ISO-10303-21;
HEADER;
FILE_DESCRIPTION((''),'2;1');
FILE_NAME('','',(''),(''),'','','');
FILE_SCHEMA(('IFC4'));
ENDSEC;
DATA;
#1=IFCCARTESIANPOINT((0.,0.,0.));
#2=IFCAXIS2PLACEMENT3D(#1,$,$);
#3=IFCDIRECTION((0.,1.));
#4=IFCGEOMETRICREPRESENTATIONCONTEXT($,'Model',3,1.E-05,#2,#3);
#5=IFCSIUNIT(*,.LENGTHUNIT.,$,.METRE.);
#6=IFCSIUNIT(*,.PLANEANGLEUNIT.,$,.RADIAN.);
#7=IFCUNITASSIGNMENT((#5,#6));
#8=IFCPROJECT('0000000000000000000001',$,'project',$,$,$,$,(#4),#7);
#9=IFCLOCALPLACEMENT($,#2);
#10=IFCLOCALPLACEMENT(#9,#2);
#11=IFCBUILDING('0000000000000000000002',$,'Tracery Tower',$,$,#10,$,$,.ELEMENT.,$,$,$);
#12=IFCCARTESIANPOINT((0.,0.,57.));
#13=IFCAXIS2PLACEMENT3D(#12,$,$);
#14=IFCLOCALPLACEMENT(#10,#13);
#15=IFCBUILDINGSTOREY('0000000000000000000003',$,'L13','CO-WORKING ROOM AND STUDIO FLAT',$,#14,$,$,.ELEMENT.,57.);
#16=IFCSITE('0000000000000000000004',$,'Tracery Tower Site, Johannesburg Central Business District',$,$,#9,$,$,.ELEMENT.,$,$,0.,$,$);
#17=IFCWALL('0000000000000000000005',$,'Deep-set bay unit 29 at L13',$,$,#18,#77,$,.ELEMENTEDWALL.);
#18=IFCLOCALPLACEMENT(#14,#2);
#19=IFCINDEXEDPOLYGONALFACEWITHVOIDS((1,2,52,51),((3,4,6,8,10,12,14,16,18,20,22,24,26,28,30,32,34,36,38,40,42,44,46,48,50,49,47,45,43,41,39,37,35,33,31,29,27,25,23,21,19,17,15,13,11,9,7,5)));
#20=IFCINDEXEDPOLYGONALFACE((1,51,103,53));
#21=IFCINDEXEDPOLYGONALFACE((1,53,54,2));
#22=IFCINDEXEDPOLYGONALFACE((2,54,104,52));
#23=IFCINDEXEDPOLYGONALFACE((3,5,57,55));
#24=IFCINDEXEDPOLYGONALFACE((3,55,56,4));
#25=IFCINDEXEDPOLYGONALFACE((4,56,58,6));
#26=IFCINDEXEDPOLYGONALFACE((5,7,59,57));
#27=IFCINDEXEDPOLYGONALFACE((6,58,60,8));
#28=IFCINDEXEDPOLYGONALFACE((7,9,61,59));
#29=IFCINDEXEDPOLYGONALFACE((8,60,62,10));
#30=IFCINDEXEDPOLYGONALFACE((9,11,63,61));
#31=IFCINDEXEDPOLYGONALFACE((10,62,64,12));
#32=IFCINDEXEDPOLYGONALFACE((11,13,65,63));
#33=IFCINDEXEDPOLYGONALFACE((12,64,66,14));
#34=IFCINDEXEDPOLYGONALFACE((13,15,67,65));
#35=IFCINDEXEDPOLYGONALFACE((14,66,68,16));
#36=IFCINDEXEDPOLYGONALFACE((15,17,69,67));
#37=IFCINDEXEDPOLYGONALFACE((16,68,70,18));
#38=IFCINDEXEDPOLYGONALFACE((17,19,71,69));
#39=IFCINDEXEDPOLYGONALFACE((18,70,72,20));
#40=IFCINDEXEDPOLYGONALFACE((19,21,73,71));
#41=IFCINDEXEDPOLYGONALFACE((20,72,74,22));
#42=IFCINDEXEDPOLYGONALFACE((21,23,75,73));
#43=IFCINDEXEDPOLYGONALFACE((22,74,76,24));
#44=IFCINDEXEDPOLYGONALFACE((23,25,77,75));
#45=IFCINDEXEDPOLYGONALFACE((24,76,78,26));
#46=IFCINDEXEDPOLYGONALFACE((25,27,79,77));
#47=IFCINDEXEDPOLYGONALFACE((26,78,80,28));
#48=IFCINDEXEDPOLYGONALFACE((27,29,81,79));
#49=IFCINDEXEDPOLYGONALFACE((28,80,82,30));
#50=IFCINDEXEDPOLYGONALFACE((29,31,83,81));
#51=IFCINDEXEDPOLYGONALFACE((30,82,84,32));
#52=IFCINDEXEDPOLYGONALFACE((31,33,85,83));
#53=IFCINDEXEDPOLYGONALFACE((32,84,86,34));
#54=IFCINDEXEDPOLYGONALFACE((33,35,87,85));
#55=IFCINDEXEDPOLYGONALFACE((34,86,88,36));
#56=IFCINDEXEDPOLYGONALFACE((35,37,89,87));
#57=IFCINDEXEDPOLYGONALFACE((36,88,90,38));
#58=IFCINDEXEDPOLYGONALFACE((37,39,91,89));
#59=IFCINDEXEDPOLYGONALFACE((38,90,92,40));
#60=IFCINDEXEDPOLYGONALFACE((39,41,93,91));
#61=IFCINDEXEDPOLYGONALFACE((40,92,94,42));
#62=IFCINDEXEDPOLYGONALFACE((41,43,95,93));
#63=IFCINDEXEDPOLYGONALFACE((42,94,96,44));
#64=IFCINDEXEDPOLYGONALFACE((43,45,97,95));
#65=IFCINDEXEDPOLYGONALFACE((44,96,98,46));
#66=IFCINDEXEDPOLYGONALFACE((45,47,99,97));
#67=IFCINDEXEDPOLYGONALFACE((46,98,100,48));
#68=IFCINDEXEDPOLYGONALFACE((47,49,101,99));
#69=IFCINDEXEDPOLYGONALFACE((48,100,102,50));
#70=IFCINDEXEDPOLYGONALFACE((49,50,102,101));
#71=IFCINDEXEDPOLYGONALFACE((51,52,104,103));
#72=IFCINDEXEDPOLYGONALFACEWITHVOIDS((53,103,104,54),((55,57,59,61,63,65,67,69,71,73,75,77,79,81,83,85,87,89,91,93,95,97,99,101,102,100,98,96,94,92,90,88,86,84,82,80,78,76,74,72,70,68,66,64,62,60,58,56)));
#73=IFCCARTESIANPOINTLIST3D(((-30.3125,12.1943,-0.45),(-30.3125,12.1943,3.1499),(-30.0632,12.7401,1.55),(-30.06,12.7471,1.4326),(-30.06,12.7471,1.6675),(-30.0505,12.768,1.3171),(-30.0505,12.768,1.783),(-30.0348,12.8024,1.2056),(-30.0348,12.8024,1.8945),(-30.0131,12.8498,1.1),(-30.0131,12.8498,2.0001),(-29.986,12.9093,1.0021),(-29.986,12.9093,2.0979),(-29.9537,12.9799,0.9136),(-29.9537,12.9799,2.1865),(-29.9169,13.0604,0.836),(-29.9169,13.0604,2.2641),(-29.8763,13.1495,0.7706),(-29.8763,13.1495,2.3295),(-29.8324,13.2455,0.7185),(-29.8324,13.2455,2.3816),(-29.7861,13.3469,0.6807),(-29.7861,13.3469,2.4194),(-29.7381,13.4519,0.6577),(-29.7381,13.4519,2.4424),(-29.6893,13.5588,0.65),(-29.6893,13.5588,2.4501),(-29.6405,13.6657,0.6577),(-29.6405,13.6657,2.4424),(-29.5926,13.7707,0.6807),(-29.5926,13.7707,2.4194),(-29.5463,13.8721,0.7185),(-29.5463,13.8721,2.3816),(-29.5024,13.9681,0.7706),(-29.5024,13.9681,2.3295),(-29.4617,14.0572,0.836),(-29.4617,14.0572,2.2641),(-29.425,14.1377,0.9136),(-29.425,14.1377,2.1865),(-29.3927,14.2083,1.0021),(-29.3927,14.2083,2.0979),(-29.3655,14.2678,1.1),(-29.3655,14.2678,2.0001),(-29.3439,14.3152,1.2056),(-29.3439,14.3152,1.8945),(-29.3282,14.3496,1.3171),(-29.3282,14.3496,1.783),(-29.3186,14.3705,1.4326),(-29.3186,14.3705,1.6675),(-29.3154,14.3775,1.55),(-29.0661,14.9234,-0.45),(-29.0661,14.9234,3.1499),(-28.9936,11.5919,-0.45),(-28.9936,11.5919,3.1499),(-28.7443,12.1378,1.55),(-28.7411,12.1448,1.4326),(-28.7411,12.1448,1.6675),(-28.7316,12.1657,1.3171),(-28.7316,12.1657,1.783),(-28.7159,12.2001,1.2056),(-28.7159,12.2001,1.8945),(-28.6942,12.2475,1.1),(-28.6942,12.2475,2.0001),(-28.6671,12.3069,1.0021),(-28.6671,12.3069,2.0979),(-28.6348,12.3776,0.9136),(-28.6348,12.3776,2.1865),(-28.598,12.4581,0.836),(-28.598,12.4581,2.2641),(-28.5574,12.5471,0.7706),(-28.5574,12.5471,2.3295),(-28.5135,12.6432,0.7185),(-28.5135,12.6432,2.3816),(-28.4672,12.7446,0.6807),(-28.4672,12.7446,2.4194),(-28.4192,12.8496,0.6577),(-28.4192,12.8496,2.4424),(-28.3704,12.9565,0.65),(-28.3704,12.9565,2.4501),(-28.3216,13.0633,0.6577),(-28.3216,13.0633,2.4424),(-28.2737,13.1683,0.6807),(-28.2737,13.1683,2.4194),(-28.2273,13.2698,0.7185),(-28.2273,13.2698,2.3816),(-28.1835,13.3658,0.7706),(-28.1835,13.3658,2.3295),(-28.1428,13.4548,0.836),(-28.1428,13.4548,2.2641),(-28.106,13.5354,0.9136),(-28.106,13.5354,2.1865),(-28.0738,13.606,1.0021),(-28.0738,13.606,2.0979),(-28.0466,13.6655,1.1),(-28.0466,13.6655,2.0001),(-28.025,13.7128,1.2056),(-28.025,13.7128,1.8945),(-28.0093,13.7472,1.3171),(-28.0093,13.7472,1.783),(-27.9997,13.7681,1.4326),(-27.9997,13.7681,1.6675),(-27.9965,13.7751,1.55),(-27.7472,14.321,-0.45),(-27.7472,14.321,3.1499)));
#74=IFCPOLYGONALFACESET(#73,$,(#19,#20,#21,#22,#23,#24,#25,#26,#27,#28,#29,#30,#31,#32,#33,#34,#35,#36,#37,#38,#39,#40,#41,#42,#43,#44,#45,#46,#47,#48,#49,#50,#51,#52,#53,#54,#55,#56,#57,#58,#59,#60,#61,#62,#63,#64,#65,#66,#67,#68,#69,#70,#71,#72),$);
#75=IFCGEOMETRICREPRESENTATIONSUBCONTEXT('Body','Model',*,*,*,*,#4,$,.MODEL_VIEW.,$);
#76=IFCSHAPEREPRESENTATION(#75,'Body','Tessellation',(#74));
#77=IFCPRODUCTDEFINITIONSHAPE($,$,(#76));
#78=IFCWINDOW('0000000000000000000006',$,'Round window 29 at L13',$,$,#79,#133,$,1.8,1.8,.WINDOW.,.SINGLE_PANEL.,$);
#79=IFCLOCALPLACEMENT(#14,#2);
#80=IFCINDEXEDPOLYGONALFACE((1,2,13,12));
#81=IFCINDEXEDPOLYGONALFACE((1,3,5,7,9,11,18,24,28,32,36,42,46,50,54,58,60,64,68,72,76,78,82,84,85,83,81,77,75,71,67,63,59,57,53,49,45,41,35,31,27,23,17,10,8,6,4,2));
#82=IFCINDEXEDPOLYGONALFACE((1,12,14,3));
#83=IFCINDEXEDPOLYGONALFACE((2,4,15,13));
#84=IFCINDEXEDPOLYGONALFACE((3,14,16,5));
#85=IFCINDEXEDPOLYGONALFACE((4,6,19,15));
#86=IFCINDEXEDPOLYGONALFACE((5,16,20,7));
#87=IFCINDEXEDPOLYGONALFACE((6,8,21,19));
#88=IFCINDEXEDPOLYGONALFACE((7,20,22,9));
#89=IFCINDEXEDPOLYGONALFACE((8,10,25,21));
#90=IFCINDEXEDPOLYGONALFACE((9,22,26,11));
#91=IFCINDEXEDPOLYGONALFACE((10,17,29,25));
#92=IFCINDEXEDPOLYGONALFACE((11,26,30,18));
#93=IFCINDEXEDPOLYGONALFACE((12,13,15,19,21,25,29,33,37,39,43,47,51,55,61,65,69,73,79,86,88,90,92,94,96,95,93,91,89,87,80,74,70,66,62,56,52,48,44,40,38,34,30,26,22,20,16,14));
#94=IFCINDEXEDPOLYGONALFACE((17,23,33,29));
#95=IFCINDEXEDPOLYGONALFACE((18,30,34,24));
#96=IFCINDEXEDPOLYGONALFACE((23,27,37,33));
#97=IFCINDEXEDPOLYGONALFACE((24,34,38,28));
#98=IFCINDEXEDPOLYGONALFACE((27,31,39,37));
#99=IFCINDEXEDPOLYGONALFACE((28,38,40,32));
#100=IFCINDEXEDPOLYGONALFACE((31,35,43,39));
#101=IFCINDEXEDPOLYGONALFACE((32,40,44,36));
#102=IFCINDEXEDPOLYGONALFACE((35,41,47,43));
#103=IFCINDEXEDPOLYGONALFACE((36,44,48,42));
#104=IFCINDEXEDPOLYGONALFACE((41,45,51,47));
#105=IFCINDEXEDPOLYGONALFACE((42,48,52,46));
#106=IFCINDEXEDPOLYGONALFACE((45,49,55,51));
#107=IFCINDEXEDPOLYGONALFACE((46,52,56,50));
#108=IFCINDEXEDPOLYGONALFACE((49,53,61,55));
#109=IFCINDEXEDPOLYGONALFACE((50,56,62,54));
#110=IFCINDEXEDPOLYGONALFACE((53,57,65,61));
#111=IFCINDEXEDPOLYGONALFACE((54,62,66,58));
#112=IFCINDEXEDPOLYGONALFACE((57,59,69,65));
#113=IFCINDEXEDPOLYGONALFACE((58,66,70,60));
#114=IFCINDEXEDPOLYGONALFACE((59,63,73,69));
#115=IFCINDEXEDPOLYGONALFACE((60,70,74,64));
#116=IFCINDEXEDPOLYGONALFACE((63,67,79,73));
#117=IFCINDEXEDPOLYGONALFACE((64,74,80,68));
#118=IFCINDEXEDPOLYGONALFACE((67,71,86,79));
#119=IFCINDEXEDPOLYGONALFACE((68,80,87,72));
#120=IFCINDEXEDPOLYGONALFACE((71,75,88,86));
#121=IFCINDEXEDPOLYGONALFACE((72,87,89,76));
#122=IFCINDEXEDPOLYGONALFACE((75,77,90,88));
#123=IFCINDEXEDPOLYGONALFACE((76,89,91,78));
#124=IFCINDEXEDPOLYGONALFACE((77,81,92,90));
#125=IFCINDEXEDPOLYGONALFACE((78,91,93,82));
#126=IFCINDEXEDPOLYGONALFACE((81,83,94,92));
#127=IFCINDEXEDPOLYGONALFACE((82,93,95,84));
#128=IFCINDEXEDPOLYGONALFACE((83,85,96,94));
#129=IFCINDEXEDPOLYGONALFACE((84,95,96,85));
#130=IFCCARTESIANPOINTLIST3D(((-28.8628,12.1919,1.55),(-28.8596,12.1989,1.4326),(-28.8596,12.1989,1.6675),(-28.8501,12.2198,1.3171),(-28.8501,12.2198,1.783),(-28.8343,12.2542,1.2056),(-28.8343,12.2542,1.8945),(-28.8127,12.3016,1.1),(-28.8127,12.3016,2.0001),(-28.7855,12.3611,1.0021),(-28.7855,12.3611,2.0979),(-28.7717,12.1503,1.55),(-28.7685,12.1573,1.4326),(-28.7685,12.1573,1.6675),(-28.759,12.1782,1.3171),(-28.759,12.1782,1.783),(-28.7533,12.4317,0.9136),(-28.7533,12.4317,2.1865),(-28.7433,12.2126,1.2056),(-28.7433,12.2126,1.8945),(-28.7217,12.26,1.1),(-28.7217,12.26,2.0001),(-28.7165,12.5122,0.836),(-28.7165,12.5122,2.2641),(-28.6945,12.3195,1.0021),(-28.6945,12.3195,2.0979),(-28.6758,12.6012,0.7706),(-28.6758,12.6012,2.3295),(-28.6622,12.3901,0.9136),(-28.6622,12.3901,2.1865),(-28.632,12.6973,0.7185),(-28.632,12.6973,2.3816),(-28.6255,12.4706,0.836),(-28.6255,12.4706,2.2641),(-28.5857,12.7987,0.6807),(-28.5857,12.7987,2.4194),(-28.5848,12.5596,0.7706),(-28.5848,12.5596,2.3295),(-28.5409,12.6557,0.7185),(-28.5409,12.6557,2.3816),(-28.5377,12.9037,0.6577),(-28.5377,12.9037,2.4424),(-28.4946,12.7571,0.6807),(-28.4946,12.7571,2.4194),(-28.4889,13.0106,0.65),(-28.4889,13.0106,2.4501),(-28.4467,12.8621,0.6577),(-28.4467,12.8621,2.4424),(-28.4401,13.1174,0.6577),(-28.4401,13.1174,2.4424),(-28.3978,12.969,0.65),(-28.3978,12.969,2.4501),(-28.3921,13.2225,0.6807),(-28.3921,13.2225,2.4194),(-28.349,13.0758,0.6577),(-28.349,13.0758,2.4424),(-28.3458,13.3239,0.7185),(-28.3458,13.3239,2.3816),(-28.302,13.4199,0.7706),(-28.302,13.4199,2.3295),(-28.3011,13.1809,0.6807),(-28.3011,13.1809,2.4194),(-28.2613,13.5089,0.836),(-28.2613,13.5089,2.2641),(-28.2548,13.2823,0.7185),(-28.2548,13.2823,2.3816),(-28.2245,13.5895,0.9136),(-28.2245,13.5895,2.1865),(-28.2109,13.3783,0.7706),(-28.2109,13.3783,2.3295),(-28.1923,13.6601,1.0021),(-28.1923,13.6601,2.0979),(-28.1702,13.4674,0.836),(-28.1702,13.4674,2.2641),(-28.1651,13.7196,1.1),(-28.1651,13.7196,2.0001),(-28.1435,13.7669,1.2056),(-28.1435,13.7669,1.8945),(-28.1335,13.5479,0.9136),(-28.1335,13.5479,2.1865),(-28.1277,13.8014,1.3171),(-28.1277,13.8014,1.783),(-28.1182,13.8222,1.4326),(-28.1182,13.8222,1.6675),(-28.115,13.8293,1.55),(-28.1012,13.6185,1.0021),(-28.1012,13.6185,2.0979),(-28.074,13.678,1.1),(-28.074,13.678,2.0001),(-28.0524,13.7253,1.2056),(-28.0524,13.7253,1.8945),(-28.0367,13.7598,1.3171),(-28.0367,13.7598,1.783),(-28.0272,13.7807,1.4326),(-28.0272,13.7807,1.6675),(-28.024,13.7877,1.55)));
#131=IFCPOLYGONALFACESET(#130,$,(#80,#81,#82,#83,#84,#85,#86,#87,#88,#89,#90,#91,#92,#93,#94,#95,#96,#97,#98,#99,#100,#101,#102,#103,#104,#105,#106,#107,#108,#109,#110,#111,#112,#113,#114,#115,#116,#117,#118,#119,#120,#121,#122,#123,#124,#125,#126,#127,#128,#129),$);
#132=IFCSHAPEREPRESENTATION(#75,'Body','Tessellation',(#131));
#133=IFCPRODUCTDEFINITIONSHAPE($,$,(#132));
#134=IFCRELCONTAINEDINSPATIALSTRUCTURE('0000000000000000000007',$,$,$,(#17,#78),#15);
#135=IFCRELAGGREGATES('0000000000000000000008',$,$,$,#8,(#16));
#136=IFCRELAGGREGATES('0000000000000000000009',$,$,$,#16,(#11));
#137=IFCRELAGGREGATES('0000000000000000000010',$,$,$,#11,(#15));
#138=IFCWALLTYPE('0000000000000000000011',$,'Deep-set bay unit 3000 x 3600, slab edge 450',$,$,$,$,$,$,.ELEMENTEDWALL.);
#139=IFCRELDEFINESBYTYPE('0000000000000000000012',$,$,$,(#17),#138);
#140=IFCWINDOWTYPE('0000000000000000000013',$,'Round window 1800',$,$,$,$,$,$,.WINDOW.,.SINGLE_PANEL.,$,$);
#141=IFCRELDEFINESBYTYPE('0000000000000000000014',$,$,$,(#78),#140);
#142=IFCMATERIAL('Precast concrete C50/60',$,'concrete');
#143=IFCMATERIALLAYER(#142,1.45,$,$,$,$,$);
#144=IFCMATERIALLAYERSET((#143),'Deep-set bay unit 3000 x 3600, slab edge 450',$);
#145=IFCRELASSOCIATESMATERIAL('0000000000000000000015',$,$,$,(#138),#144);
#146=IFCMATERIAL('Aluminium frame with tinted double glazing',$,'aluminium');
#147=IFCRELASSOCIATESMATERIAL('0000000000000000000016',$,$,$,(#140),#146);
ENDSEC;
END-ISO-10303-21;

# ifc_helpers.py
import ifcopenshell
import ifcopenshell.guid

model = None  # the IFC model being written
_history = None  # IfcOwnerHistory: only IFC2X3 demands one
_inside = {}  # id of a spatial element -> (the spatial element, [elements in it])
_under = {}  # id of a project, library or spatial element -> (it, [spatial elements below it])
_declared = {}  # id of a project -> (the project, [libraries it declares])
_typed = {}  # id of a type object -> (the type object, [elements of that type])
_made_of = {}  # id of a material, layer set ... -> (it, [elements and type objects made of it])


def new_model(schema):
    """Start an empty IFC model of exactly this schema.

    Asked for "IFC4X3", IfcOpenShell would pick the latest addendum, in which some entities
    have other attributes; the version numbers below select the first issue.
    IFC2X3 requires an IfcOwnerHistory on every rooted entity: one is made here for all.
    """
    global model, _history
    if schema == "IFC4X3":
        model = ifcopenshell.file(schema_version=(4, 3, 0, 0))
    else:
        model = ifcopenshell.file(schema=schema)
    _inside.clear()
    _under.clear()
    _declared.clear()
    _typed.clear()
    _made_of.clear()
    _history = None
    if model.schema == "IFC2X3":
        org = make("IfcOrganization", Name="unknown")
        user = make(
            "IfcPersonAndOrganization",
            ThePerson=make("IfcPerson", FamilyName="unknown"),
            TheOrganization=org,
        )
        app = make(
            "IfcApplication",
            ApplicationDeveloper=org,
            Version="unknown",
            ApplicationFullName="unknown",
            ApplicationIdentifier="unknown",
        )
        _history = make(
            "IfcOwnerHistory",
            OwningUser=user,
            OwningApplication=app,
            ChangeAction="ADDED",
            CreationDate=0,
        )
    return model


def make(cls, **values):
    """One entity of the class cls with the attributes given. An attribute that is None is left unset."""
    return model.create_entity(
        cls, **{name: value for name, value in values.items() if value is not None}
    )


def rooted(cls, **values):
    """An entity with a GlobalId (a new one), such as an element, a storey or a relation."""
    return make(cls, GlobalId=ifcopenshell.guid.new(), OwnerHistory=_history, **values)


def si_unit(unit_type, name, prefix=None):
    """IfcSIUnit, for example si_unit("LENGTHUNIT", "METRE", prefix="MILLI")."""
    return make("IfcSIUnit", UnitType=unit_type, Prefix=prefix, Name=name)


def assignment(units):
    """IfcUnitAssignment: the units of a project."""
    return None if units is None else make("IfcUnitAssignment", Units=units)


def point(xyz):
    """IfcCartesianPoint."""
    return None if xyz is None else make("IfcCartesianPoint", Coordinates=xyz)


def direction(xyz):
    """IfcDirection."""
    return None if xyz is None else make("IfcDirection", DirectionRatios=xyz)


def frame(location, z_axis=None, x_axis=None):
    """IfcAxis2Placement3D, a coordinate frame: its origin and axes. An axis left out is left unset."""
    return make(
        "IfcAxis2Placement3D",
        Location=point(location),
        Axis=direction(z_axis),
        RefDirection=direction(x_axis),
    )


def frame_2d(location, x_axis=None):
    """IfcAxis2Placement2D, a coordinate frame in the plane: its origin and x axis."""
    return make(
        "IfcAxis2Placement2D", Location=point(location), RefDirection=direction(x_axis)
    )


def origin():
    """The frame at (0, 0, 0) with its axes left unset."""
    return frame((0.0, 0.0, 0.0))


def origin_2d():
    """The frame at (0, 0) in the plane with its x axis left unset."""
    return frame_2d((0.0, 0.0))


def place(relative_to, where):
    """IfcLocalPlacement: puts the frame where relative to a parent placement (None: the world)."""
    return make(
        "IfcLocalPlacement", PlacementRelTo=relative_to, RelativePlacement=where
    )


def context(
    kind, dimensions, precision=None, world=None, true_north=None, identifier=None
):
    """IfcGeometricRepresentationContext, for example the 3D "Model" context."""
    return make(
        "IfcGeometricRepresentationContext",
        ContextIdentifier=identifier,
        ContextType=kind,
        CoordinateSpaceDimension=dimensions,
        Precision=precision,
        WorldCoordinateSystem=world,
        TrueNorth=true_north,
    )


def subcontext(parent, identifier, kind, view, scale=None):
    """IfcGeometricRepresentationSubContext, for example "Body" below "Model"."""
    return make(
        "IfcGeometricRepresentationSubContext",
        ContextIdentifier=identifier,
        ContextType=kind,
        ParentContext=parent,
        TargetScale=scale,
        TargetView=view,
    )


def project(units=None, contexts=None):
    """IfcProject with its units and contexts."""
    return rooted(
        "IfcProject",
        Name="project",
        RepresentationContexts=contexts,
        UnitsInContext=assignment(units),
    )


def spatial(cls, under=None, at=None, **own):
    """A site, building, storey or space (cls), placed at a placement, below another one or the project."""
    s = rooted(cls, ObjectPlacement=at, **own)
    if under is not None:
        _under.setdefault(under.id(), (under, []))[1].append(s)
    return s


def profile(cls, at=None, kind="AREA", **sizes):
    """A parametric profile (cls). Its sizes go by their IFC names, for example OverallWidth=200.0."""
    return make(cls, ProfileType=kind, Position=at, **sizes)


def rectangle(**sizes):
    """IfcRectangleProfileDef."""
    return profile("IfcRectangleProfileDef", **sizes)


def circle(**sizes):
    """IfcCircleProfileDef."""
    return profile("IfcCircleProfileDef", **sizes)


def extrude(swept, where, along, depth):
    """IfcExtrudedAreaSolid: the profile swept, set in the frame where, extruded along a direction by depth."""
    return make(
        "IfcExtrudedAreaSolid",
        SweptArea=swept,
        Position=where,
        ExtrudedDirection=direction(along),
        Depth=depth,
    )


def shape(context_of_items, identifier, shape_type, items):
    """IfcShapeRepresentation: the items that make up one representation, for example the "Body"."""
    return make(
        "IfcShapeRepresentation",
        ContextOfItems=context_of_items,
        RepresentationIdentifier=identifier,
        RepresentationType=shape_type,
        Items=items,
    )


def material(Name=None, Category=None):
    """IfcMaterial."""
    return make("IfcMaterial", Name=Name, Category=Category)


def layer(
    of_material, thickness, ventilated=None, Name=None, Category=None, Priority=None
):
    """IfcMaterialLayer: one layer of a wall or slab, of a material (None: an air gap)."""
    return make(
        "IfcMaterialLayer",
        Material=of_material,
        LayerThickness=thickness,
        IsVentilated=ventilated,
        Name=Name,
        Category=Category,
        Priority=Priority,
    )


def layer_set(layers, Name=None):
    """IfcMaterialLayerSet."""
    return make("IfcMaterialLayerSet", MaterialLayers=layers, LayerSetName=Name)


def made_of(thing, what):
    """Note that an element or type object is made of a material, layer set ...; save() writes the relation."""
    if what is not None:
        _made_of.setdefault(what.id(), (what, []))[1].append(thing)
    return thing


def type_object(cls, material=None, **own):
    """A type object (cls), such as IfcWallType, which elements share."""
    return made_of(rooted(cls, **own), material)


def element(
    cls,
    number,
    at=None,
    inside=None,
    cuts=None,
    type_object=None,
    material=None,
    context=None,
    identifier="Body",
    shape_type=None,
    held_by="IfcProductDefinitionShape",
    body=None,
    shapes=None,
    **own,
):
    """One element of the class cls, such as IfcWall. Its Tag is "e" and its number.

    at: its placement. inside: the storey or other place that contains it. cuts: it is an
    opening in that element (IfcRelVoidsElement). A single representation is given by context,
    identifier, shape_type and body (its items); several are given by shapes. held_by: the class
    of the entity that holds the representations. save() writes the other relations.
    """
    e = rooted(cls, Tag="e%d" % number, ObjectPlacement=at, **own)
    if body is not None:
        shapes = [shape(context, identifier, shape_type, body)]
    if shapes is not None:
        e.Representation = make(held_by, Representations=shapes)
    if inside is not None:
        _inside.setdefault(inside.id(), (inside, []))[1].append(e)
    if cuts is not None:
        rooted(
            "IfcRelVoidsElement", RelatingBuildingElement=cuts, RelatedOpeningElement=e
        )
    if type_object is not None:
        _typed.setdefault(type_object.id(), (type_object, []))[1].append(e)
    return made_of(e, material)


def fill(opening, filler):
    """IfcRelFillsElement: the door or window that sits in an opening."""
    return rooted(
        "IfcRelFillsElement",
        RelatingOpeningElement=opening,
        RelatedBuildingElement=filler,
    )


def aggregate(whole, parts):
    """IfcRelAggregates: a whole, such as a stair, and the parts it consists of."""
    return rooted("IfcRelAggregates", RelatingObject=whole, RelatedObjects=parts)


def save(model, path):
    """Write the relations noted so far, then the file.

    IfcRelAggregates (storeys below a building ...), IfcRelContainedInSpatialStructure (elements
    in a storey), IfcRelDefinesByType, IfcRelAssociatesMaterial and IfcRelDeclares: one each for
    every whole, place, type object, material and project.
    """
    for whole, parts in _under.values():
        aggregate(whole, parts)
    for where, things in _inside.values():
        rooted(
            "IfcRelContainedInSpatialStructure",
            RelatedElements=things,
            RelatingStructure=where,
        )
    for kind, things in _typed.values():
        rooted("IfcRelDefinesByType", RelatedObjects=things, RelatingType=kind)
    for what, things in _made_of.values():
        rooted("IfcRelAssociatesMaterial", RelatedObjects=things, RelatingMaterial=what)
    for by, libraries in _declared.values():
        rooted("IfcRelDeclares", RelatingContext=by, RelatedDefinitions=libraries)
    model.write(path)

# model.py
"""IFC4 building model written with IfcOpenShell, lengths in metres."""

from ifc_helpers import new_model, si_unit, direction, frame, frame_2d, origin, origin_2d, place, context, subcontext, project, spatial, rectangle, circle, extrude, material, layer, layer_set, type_object, element, fill, save


model = new_model("IFC4")

# Units and contexts
model_context = context("Model", 3, precision=1e-05, world=origin(), true_north=direction((0.0, 1.0)))
body_context = subcontext(model_context, "Body", "Model", "MODEL_VIEW")
ifc_project = project(units=[si_unit("LENGTHUNIT", "METRE"), si_unit("PLANEANGLEUNIT", "RADIAN")], contexts=[model_context])

# Site, building, storey
site_placement = place(None, origin())
site = spatial("IfcSite", under=ifc_project, at=site_placement, Name="Tracery Tower Site, Johannesburg Central Business District", CompositionType="ELEMENT", RefElevation=0.0)
building_placement = place(site_placement, origin())
building = spatial("IfcBuilding", under=site, at=building_placement, Name="Tracery Tower", CompositionType="ELEMENT")
storey_placement = place(building_placement, frame((0.0, 0.0, 57.0)))
storey = spatial("IfcBuildingStorey", under=building, at=storey_placement, Name="L13", Description="CO-WORKING ROOM AND STUDIO FLAT", CompositionType="ELEMENT", Elevation=57.0)

# Wall, opening, window
ifc_material_1 = material(Name="Precast concrete C50/60", Category="concrete")
ifc_layer_1 = layer(ifc_material_1, 1.45)
ifc_layer_set_1 = layer_set([ifc_layer_1], Name="Deep-set bay unit 3000 x 3600, slab edge 450")
wall_type_1 = type_object("IfcWallType", Name="Deep-set bay unit 3000 x 3600, slab edge 450", PredefinedType="ELEMENTEDWALL", material=ifc_layer_set_1)
ifc_material_2 = material(Name="Aluminium frame with tinted double glazing", Category="aluminium")
window_type = type_object("IfcWindowType", Name="Round window 1800", PartitioningType="SINGLE_PANEL", PredefinedType="WINDOW", material=ifc_material_2)
wall_1_placement = place(storey_placement, frame((-28.4067, 14.6221, -0.45), z_axis=(0.0, 0.0, 1.0), x_axis=(-0.415427, -0.909627, 0.0)))
wall_1 = element("IfcWall", 1, at=wall_1_placement, inside=storey, type_object=wall_type_1, Name="Deep-set bay unit 29 at L13", PredefinedType="ELEMENTEDWALL", context=body_context, shape_type="SweptSolid", body=[
    extrude(rectangle(XDim=3.0002, YDim=1.45, at=frame_2d((1.5, 0.0))), origin(), (0.0, 0.0, 1.0), 3.5999),
])
opening_1_placement = place(wall_1_placement, frame((1.5, 0.0, 2.0)))
opening_1 = element("IfcOpeningElement", 2, at=opening_1_placement, cuts=wall_1, PredefinedType="OPENING", context=body_context, shape_type="SweptSolid", body=[
    extrude(circle(Radius=0.9, at=origin_2d()), frame((0.0, 0.7349, 0.0), z_axis=(0.0, -1.0, 0.0), x_axis=(1.0, 0.0, 0.0)), (0.0, 0.0, 1.0), 1.47),
])
window_1_placement = place(opening_1_placement, origin())
window_1 = element("IfcWindow", 3, at=window_1_placement, inside=storey, type_object=window_type, Name="Round window 29 at L13", OverallHeight=1.8, OverallWidth=1.8, PartitioningType="SINGLE_PANEL", PredefinedType="WINDOW", context=body_context, shape_type="SweptSolid", body=[
    extrude(circle(Radius=0.9, at=origin_2d()), frame((0.0, 0.6948, 0.0), z_axis=(0.0, -1.0, 0.0), x_axis=(1.0, 0.0, 0.0)), (0.0, 0.0, 1.0), 0.1001),
])
fill(opening_1, window_1)

save(model, "model.ifc")
